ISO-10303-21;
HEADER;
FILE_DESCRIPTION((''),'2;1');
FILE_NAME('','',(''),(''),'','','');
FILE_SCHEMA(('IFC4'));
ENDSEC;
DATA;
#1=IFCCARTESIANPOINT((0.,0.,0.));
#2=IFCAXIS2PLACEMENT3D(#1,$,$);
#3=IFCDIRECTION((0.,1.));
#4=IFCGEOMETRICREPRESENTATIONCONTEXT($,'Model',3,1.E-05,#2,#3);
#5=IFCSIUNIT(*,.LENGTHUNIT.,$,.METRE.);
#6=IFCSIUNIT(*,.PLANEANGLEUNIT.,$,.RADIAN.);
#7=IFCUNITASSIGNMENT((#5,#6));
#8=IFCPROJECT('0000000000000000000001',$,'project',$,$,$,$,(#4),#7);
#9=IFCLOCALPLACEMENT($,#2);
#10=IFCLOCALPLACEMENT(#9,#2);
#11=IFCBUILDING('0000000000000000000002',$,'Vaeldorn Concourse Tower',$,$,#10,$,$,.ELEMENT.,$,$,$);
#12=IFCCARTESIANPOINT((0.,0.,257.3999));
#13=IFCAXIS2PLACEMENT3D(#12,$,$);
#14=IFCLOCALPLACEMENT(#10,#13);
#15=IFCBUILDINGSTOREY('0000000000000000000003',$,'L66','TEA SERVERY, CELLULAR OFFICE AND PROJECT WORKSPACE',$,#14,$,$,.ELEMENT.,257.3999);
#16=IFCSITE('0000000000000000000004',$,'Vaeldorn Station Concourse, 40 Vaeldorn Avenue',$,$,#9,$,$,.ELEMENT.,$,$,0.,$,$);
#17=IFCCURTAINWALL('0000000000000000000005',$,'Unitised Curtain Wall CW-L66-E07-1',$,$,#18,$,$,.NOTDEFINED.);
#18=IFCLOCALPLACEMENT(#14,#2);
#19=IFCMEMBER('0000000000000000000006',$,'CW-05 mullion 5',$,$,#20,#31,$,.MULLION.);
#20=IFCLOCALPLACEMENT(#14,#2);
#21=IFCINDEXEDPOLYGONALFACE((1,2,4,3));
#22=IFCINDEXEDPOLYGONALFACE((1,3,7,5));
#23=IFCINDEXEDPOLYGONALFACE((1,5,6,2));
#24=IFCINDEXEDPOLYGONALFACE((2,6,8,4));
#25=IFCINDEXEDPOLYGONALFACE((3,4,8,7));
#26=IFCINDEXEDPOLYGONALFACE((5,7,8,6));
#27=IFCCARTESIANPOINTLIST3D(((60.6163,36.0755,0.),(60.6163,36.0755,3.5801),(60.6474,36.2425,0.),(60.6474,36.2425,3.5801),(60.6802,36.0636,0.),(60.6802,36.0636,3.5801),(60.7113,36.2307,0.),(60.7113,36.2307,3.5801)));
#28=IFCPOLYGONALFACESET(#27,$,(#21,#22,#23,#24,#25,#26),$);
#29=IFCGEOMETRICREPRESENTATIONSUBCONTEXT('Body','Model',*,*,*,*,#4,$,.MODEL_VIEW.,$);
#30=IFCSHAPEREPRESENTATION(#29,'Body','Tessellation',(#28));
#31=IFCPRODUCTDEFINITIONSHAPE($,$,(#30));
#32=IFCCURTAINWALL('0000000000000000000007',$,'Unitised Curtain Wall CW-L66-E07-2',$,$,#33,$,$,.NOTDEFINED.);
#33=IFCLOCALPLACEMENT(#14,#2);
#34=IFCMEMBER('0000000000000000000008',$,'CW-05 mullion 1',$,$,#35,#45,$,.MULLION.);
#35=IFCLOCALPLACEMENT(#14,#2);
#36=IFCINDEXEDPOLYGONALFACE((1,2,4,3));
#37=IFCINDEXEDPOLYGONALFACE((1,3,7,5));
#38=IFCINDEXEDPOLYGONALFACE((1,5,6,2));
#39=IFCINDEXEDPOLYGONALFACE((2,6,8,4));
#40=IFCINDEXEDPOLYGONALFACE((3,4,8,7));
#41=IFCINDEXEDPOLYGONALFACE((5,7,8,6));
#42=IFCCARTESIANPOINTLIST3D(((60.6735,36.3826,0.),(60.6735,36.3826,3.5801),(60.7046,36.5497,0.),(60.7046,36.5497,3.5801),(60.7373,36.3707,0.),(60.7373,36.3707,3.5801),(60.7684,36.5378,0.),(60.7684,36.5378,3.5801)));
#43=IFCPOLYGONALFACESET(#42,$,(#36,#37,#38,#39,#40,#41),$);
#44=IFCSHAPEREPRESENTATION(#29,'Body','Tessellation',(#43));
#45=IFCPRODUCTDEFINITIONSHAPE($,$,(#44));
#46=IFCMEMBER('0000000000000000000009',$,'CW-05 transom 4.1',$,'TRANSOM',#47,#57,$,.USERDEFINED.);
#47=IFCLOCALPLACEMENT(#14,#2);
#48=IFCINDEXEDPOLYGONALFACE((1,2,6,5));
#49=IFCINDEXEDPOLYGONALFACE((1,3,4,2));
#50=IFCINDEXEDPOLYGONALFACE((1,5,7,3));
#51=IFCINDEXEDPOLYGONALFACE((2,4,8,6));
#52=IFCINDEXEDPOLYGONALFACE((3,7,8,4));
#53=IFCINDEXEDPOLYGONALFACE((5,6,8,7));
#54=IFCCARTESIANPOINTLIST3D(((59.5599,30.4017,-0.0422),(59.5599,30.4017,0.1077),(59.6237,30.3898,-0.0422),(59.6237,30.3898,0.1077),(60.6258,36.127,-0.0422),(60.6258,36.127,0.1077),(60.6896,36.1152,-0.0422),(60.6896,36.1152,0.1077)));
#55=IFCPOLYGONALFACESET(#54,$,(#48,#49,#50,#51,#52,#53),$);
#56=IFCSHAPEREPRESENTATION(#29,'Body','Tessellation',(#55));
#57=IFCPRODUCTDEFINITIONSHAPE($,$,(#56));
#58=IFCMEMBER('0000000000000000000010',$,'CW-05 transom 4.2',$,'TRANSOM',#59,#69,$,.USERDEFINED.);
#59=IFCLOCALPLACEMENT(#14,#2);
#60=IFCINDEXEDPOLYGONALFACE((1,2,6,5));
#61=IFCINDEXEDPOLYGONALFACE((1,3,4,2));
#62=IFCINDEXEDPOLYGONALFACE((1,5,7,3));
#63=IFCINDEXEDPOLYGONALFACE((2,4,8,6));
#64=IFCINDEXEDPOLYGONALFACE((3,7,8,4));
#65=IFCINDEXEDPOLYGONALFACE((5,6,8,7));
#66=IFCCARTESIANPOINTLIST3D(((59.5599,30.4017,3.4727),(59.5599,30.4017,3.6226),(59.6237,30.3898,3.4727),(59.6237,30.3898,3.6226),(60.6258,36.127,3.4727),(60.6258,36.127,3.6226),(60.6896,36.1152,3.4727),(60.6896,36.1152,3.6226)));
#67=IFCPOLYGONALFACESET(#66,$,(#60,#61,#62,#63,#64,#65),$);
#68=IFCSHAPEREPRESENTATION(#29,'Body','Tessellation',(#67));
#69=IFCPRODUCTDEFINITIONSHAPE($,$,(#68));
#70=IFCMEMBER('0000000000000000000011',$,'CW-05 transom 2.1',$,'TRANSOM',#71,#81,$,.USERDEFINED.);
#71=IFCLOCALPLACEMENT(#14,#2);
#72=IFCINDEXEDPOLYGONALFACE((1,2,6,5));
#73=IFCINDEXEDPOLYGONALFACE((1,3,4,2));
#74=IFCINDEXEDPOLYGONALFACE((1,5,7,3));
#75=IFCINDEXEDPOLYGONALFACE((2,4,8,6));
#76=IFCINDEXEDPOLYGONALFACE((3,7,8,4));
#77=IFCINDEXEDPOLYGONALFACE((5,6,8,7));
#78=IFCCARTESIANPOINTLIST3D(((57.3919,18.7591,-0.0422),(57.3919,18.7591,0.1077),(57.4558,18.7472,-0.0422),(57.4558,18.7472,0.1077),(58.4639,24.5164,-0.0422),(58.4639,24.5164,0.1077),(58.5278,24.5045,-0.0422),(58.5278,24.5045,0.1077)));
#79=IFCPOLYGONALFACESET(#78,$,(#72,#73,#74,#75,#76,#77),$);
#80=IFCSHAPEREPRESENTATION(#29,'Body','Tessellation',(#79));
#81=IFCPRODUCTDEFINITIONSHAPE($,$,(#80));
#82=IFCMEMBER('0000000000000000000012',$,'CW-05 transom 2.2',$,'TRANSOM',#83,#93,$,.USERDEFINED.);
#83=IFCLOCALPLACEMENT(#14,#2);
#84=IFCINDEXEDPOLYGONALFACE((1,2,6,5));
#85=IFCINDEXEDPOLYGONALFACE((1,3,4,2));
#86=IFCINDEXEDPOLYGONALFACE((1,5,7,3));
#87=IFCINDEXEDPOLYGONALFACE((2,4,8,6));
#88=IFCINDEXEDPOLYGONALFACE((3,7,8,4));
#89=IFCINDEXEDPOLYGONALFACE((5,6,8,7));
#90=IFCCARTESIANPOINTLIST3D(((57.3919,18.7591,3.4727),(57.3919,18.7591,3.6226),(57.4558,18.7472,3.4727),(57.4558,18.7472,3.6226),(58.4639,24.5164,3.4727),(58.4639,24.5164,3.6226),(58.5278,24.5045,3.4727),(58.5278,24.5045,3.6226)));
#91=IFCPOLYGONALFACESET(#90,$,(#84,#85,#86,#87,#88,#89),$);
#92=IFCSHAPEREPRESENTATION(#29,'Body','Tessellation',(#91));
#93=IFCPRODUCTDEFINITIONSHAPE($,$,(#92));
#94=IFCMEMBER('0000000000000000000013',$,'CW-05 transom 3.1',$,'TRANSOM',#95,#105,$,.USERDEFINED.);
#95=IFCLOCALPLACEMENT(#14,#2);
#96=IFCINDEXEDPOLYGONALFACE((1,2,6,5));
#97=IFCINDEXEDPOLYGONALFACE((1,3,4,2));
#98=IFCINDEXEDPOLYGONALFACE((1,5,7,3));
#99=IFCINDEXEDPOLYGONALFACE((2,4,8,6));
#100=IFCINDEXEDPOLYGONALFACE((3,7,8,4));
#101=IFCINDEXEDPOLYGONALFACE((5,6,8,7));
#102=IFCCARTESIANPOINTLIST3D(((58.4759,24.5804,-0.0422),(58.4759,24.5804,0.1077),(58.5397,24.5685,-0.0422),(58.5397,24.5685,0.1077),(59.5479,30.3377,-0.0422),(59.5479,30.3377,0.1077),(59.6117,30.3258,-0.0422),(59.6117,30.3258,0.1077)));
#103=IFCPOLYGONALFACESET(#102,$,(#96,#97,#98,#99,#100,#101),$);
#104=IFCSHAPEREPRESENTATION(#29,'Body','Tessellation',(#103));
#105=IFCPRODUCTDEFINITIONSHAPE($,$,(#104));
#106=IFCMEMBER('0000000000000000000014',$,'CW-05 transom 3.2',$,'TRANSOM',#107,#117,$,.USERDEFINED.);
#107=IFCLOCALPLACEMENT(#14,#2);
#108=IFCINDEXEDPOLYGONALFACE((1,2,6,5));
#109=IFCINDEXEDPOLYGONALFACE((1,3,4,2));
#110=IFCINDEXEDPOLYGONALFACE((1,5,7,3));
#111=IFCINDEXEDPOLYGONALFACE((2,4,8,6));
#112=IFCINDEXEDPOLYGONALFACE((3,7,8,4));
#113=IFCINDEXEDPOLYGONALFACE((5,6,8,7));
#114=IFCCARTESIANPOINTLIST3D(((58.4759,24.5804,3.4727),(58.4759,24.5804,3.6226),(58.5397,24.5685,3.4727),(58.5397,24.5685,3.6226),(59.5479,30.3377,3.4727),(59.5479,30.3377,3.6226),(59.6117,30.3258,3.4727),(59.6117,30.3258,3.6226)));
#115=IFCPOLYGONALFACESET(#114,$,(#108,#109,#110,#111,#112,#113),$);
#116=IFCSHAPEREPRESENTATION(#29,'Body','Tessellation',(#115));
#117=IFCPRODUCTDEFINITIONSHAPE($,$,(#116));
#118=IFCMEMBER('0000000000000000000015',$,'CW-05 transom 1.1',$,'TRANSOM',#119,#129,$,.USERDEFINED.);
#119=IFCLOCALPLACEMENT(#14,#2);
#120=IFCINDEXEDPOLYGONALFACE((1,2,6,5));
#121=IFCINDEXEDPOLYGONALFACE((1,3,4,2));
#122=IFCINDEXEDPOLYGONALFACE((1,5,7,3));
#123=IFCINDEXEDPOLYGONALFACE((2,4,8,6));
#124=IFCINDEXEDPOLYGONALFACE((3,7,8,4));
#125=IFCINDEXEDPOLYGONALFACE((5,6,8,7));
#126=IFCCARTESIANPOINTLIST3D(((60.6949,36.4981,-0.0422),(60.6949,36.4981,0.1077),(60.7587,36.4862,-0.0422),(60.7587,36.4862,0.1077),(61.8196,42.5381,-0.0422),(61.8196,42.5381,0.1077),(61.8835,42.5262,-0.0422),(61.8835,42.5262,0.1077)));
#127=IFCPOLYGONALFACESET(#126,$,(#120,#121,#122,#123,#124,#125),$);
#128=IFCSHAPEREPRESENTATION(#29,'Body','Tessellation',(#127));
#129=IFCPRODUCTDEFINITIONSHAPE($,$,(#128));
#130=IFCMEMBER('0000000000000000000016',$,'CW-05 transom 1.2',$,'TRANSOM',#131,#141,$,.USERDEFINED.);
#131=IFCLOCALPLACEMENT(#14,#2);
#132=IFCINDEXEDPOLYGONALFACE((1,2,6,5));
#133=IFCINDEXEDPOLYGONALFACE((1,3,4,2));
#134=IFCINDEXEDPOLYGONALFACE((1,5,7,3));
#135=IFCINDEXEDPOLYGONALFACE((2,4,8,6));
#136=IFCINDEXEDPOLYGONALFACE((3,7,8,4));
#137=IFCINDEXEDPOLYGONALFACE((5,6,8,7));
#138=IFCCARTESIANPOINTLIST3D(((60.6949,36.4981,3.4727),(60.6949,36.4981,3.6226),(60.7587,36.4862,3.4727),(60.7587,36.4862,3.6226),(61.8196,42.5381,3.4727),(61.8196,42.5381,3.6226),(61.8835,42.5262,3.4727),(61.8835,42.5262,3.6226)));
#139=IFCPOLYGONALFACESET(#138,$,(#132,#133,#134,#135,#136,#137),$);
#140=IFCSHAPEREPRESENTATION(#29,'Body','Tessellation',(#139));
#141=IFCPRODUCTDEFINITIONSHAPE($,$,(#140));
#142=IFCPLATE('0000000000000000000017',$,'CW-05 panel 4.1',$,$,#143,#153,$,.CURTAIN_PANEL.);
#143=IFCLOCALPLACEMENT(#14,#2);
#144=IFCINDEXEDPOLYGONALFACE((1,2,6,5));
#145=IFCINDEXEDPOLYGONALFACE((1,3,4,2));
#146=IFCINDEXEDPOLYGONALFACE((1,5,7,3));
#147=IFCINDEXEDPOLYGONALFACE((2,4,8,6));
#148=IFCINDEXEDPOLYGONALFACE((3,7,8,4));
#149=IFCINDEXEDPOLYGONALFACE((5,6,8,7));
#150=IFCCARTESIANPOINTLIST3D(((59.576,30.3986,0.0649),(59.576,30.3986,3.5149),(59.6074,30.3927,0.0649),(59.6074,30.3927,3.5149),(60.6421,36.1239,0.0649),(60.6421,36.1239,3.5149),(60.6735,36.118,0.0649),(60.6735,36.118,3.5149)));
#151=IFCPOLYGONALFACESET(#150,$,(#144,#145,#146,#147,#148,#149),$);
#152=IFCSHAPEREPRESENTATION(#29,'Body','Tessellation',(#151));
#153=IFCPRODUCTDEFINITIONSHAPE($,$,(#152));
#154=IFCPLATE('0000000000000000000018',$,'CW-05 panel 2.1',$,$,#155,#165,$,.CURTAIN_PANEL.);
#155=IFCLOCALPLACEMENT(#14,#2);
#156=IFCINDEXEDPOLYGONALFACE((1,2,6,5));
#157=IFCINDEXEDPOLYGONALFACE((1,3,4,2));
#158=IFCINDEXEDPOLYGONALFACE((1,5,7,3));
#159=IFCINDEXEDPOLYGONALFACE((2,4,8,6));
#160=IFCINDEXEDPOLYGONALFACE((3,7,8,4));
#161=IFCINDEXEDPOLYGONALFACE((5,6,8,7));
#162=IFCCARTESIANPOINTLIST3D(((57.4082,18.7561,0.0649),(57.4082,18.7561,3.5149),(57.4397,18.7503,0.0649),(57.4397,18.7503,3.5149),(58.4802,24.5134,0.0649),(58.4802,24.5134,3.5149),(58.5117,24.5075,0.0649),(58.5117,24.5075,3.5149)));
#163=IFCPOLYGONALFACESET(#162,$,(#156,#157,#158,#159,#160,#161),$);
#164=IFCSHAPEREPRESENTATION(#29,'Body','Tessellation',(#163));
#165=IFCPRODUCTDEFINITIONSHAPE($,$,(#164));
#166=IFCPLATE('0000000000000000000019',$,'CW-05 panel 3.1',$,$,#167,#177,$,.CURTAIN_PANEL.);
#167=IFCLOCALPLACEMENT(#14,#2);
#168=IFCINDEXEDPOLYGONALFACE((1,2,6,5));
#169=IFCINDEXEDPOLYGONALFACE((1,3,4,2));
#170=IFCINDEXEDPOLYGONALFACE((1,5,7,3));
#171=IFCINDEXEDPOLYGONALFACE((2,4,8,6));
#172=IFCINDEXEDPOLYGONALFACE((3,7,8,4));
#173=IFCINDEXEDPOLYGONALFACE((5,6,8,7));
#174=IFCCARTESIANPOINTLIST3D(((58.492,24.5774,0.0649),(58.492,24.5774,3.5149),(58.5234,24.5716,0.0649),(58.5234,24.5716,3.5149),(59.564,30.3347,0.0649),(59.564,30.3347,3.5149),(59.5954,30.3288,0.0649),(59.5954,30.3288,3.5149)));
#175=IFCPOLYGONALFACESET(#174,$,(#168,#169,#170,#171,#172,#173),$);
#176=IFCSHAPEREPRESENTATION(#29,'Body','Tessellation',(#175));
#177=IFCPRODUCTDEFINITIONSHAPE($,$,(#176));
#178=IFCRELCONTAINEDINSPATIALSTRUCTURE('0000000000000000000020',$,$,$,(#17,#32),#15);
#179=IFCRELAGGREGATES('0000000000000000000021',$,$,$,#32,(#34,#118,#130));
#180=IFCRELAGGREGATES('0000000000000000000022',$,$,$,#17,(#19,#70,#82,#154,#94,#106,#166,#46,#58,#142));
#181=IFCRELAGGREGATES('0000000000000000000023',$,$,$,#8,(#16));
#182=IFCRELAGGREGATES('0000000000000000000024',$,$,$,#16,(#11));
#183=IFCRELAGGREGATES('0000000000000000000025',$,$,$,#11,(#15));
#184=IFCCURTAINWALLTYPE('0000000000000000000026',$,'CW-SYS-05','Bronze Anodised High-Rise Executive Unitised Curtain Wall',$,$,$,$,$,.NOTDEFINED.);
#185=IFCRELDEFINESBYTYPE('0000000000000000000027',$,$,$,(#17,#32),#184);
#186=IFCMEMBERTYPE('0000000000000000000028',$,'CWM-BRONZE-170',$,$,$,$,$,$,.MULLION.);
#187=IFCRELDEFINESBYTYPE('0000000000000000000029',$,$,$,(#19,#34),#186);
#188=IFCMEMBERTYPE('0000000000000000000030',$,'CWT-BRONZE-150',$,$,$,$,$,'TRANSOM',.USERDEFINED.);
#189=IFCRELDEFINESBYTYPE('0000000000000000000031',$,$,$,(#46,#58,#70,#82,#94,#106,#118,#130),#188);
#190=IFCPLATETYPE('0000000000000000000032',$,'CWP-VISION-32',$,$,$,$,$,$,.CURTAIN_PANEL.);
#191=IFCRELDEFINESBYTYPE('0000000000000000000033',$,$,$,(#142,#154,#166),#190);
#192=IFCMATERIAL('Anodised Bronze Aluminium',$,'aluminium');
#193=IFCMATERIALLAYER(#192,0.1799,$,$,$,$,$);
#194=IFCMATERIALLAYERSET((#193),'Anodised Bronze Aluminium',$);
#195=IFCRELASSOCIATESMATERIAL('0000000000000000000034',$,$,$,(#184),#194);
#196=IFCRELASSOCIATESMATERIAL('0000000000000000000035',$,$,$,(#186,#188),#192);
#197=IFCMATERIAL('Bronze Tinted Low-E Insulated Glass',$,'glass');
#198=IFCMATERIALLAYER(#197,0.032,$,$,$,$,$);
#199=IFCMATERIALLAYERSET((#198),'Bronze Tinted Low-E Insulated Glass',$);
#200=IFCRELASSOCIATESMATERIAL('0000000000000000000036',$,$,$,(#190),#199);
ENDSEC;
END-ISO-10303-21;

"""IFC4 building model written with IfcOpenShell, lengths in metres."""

from ifc_helpers import new_model, si_unit, direction, frame, origin, origin_2d, place, context, subcontext, project, spatial, rectangle, extrude, source, transform, mapped, material, layer, layer_set, material_profile, profile_set, type_object, element, aggregate, save


model = new_model("IFC4")

# Units and contexts
model_context = context("Model", 3, precision=1e-05, world=origin(), true_north=direction((0.0, 1.0)))
body_context = subcontext(model_context, "Body", "Model", "MODEL_VIEW")
ifc_project = project(units=[si_unit("LENGTHUNIT", "METRE"), si_unit("PLANEANGLEUNIT", "RADIAN")], contexts=[model_context])

# Site, building, storey
site_placement = place(None, origin())
site = spatial("IfcSite", under=ifc_project, at=site_placement, Name="Vaeldorn Station Concourse, 40 Vaeldorn Avenue", CompositionType="ELEMENT", RefElevation=0.0)
building_placement = place(site_placement, origin())
building = spatial("IfcBuilding", under=site, at=building_placement, Name="Vaeldorn Concourse Tower", CompositionType="ELEMENT")
storey_placement = place(building_placement, frame((0.0, 0.0, 257.3999)))
storey = spatial("IfcBuildingStorey", under=building, at=storey_placement, Name="L66", Description="TEA SERVERY, CELLULAR OFFICE AND PROJECT WORKSPACE", CompositionType="ELEMENT", Elevation=257.3999)

# Curtain wall, member
ifc_material_1 = material(Name="Anodised Bronze Aluminium", Category="aluminium")
ifc_layer_1 = layer(ifc_material_1, 0.1799)
ifc_layer_set_1 = layer_set([ifc_layer_1], Name="Anodised Bronze Aluminium")
curtain_wall_type = type_object("IfcCurtainWallType", Name="CW-SYS-05", Description="Bronze Anodised High-Rise Executive Unitised Curtain Wall", PredefinedType="NOTDEFINED", material=ifc_layer_set_1)
curtain_wall_1_placement = place(storey_placement, origin())
curtain_wall_1 = element("IfcCurtainWall", 1, at=curtain_wall_1_placement, inside=storey, type_object=curtain_wall_type, Name="Unitised Curtain Wall CW-L66-E07-1", PredefinedType="NOTDEFINED")
ifc_material_profile_1 = material_profile(ifc_material_1, rectangle(XDim=0.0649, YDim=0.1699, at=origin_2d()), Name="CWM 65x170")
ifc_profile_set_1 = profile_set([ifc_material_profile_1], Name="Anodised Bronze Aluminium")
member_type_1 = type_object("IfcMemberType", Name="CWM-BRONZE-170", PredefinedType="MULLION", material=ifc_profile_set_1)
shared_shape_1 = source(origin(), body_context, "Body", "SweptSolid", [
    extrude(rectangle(XDim=0.0649, YDim=0.1699, at=origin_2d()), origin(), (0.0, 0.0, 1.0), 3.5801),
])
member_1_placement = place(storey_placement, frame((60.6638, 36.1531, 0.0), z_axis=(0.0, 0.0, 1.0), x_axis=(-0.983103, 0.183055, 0.0)))
member_1 = element("IfcMember", 2, at=member_1_placement, type_object=member_type_1, Name="CW-05 mullion 5", PredefinedType="MULLION", context=body_context, shape_type="MappedRepresentation", body=[
    mapped(shared_shape_1, transform((0.0, 0.0, 0.0), scale=1.0)),
])

# Curtain wall, member
curtain_wall_2_placement = place(storey_placement, origin())
curtain_wall_2 = element("IfcCurtainWall", 3, at=curtain_wall_2_placement, inside=storey, type_object=curtain_wall_type, Name="Unitised Curtain Wall CW-L66-E07-2", PredefinedType="NOTDEFINED")
member_2_placement = place(storey_placement, frame((60.7209, 36.4602, 0.0), z_axis=(0.0, 0.0, 1.0), x_axis=(-0.983103, 0.183054, 0.0)))
member_2 = element("IfcMember", 4, at=member_2_placement, type_object=member_type_1, Name="CW-05 mullion 1", PredefinedType="MULLION", context=body_context, shape_type="MappedRepresentation", body=[
    mapped(shared_shape_1, transform((0.0, 0.0, 0.0), scale=1.0)),
])

# Members
ifc_material_profile_2 = material_profile(ifc_material_1, rectangle(XDim=0.0649, YDim=0.1499, at=origin_2d()), Name="CWT 65x150")
ifc_profile_set_2 = profile_set([ifc_material_profile_2], Name="Anodised Bronze Aluminium")
member_type_2 = type_object("IfcMemberType", Name="CWT-BRONZE-150", ElementType="TRANSOM", PredefinedType="USERDEFINED", material=ifc_profile_set_2)
shared_shape_2 = source(origin(), body_context, "Body", "SweptSolid", [
    extrude(rectangle(XDim=0.0649, YDim=0.1499, at=origin_2d()), origin(), (0.0, 0.0, 1.0), 5.8237),
])
member_3_placement = place(storey_placement, frame((59.5918, 30.3958, 0.0327), z_axis=(0.18303, 0.983107, 0.0), x_axis=(-0.983107, 0.18303, 0.0)))
member_3 = element("IfcMember", 5, at=member_3_placement, type_object=member_type_2, Name="CW-05 transom 4.1", ObjectType="TRANSOM", PredefinedType="USERDEFINED", context=body_context, shape_type="MappedRepresentation", body=[
    mapped(shared_shape_2, transform((0.0, 0.0, 0.0), scale=1.0)),
])
member_4_placement = place(storey_placement, frame((59.5918, 30.3958, 3.5476), z_axis=(0.18303, 0.983107, 0.0), x_axis=(-0.983107, 0.18303, 0.0)))
member_4 = element("IfcMember", 6, at=member_4_placement, type_object=member_type_2, Name="CW-05 transom 4.2", ObjectType="TRANSOM", PredefinedType="USERDEFINED", context=body_context, shape_type="MappedRepresentation", body=[
    mapped(shared_shape_2, transform((0.0, 0.0, 0.0), scale=1.0)),
])
shared_shape_3 = source(origin(), body_context, "Body", "SweptSolid", [
    extrude(rectangle(XDim=0.0649, YDim=0.1499, at=origin_2d()), origin(), (0.0, 0.0, 1.0), 5.8562),
])
member_5_placement = place(storey_placement, frame((57.4238, 18.7532, 0.0327), z_axis=(0.183055, 0.983103, 0.0), x_axis=(-0.983103, 0.183055, 0.0)))
member_5 = element("IfcMember", 7, at=member_5_placement, type_object=member_type_2, Name="CW-05 transom 2.1", ObjectType="TRANSOM", PredefinedType="USERDEFINED", context=body_context, shape_type="MappedRepresentation", body=[
    mapped(shared_shape_3, transform((0.0, 0.0, 0.0), scale=1.0)),
])
member_6_placement = place(storey_placement, frame((57.4238, 18.7532, 3.5476), z_axis=(0.183055, 0.983103, 0.0), x_axis=(-0.983103, 0.183055, 0.0)))
member_6 = element("IfcMember", 8, at=member_6_placement, type_object=member_type_2, Name="CW-05 transom 2.2", ObjectType="TRANSOM", PredefinedType="USERDEFINED", context=body_context, shape_type="MappedRepresentation", body=[
    mapped(shared_shape_3, transform((0.0, 0.0, 0.0), scale=1.0)),
])
member_7_placement = place(storey_placement, frame((58.5078, 24.5745, 0.0327), z_axis=(0.183055, 0.983103, 0.0), x_axis=(-0.983103, 0.183055, 0.0)))
member_7 = element("IfcMember", 9, at=member_7_placement, type_object=member_type_2, Name="CW-05 transom 3.1", ObjectType="TRANSOM", PredefinedType="USERDEFINED", context=body_context, shape_type="MappedRepresentation", body=[
    mapped(shared_shape_3, transform((0.0, 0.0, 0.0), scale=1.0)),
])
member_8_placement = place(storey_placement, frame((58.5078, 24.5745, 3.5476), z_axis=(0.183055, 0.983103, 0.0), x_axis=(-0.983103, 0.183055, 0.0)))
member_8 = element("IfcMember", 10, at=member_8_placement, type_object=member_type_2, Name="CW-05 transom 3.2", ObjectType="TRANSOM", PredefinedType="USERDEFINED", context=body_context, shape_type="MappedRepresentation", body=[
    mapped(shared_shape_3, transform((0.0, 0.0, 0.0), scale=1.0)),
])
shared_shape_4 = source(origin(), body_context, "Body", "SweptSolid", [
    extrude(rectangle(XDim=0.0649, YDim=0.1499, at=origin_2d()), origin(), (0.0, 0.0, 1.0), 6.1438),
])
member_9_placement = place(storey_placement, frame((60.7268, 36.4922, 0.0327), z_axis=(0.18307, 0.9831, 0.0), x_axis=(-0.9831, 0.18307, 0.0)))
member_9 = element("IfcMember", 11, at=member_9_placement, type_object=member_type_2, Name="CW-05 transom 1.1", ObjectType="TRANSOM", PredefinedType="USERDEFINED", context=body_context, shape_type="MappedRepresentation", body=[
    mapped(shared_shape_4, transform((0.0, 0.0, 0.0), scale=1.0)),
])
member_10_placement = place(storey_placement, frame((60.7268, 36.4922, 3.5476), z_axis=(0.18307, 0.9831, 0.0), x_axis=(-0.9831, 0.18307, 0.0)))
member_10 = element("IfcMember", 12, at=member_10_placement, type_object=member_type_2, Name="CW-05 transom 1.2", ObjectType="TRANSOM", PredefinedType="USERDEFINED", context=body_context, shape_type="MappedRepresentation", body=[
    mapped(shared_shape_4, transform((0.0, 0.0, 0.0), scale=1.0)),
])
aggregate(curtain_wall_2, [member_2, member_9, member_10])

# Plates
ifc_material_2 = material(Name="Bronze Tinted Low-E Insulated Glass", Category="glass")
ifc_layer_2 = layer(ifc_material_2, 0.032)
ifc_layer_set_2 = layer_set([ifc_layer_2], Name="Bronze Tinted Low-E Insulated Glass")
plate_type = type_object("IfcPlateType", Name="CWP-VISION-32", PredefinedType="CURTAIN_PANEL", material=ifc_layer_set_2)
shared_shape_5 = source(origin(), body_context, "Body", "SweptSolid", [
    extrude(rectangle(XDim=5.8237, YDim=0.032, at=origin_2d()), origin(), (0.0, 0.0, 1.0), 3.45),
])
plate_1_placement = place(storey_placement, frame((60.1248, 33.2583, 0.0649), z_axis=(0.0, 0.0, 1.0), x_axis=(0.183055, 0.983103, 0.0)))
plate_1 = element("IfcPlate", 13, at=plate_1_placement, type_object=plate_type, Name="CW-05 panel 4.1", PredefinedType="CURTAIN_PANEL", context=body_context, shape_type="MappedRepresentation", body=[
    mapped(shared_shape_5, transform((0.0, 0.0, 0.0), scale=1.0)),
])
shared_shape_6 = source(origin(), body_context, "Body", "SweptSolid", [
    extrude(rectangle(XDim=5.8562, YDim=0.032, at=origin_2d()), origin(), (0.0, 0.0, 1.0), 3.45),
])
plate_2_placement = place(storey_placement, frame((57.96, 21.6318, 0.0649), z_axis=(0.0, 0.0, 1.0), x_axis=(0.183055, 0.983103, 0.0)))
plate_2 = element("IfcPlate", 14, at=plate_2_placement, type_object=plate_type, Name="CW-05 panel 2.1", PredefinedType="CURTAIN_PANEL", context=body_context, shape_type="MappedRepresentation", body=[
    mapped(shared_shape_6, transform((0.0, 0.0, 0.0), scale=1.0)),
])
plate_3_placement = place(storey_placement, frame((59.0437, 27.4531, 0.0649), z_axis=(0.0, 0.0, 1.0), x_axis=(0.183055, 0.983103, 0.0)))
plate_3 = element("IfcPlate", 15, at=plate_3_placement, type_object=plate_type, Name="CW-05 panel 3.1", PredefinedType="CURTAIN_PANEL", context=body_context, shape_type="MappedRepresentation", body=[
    mapped(shared_shape_6, transform((0.0, 0.0, 0.0), scale=1.0)),
])
aggregate(curtain_wall_1, [member_1, member_5, member_6, plate_2, member_7, member_8, plate_3, member_3, member_4, plate_1])

save(model, "model.ifc")
